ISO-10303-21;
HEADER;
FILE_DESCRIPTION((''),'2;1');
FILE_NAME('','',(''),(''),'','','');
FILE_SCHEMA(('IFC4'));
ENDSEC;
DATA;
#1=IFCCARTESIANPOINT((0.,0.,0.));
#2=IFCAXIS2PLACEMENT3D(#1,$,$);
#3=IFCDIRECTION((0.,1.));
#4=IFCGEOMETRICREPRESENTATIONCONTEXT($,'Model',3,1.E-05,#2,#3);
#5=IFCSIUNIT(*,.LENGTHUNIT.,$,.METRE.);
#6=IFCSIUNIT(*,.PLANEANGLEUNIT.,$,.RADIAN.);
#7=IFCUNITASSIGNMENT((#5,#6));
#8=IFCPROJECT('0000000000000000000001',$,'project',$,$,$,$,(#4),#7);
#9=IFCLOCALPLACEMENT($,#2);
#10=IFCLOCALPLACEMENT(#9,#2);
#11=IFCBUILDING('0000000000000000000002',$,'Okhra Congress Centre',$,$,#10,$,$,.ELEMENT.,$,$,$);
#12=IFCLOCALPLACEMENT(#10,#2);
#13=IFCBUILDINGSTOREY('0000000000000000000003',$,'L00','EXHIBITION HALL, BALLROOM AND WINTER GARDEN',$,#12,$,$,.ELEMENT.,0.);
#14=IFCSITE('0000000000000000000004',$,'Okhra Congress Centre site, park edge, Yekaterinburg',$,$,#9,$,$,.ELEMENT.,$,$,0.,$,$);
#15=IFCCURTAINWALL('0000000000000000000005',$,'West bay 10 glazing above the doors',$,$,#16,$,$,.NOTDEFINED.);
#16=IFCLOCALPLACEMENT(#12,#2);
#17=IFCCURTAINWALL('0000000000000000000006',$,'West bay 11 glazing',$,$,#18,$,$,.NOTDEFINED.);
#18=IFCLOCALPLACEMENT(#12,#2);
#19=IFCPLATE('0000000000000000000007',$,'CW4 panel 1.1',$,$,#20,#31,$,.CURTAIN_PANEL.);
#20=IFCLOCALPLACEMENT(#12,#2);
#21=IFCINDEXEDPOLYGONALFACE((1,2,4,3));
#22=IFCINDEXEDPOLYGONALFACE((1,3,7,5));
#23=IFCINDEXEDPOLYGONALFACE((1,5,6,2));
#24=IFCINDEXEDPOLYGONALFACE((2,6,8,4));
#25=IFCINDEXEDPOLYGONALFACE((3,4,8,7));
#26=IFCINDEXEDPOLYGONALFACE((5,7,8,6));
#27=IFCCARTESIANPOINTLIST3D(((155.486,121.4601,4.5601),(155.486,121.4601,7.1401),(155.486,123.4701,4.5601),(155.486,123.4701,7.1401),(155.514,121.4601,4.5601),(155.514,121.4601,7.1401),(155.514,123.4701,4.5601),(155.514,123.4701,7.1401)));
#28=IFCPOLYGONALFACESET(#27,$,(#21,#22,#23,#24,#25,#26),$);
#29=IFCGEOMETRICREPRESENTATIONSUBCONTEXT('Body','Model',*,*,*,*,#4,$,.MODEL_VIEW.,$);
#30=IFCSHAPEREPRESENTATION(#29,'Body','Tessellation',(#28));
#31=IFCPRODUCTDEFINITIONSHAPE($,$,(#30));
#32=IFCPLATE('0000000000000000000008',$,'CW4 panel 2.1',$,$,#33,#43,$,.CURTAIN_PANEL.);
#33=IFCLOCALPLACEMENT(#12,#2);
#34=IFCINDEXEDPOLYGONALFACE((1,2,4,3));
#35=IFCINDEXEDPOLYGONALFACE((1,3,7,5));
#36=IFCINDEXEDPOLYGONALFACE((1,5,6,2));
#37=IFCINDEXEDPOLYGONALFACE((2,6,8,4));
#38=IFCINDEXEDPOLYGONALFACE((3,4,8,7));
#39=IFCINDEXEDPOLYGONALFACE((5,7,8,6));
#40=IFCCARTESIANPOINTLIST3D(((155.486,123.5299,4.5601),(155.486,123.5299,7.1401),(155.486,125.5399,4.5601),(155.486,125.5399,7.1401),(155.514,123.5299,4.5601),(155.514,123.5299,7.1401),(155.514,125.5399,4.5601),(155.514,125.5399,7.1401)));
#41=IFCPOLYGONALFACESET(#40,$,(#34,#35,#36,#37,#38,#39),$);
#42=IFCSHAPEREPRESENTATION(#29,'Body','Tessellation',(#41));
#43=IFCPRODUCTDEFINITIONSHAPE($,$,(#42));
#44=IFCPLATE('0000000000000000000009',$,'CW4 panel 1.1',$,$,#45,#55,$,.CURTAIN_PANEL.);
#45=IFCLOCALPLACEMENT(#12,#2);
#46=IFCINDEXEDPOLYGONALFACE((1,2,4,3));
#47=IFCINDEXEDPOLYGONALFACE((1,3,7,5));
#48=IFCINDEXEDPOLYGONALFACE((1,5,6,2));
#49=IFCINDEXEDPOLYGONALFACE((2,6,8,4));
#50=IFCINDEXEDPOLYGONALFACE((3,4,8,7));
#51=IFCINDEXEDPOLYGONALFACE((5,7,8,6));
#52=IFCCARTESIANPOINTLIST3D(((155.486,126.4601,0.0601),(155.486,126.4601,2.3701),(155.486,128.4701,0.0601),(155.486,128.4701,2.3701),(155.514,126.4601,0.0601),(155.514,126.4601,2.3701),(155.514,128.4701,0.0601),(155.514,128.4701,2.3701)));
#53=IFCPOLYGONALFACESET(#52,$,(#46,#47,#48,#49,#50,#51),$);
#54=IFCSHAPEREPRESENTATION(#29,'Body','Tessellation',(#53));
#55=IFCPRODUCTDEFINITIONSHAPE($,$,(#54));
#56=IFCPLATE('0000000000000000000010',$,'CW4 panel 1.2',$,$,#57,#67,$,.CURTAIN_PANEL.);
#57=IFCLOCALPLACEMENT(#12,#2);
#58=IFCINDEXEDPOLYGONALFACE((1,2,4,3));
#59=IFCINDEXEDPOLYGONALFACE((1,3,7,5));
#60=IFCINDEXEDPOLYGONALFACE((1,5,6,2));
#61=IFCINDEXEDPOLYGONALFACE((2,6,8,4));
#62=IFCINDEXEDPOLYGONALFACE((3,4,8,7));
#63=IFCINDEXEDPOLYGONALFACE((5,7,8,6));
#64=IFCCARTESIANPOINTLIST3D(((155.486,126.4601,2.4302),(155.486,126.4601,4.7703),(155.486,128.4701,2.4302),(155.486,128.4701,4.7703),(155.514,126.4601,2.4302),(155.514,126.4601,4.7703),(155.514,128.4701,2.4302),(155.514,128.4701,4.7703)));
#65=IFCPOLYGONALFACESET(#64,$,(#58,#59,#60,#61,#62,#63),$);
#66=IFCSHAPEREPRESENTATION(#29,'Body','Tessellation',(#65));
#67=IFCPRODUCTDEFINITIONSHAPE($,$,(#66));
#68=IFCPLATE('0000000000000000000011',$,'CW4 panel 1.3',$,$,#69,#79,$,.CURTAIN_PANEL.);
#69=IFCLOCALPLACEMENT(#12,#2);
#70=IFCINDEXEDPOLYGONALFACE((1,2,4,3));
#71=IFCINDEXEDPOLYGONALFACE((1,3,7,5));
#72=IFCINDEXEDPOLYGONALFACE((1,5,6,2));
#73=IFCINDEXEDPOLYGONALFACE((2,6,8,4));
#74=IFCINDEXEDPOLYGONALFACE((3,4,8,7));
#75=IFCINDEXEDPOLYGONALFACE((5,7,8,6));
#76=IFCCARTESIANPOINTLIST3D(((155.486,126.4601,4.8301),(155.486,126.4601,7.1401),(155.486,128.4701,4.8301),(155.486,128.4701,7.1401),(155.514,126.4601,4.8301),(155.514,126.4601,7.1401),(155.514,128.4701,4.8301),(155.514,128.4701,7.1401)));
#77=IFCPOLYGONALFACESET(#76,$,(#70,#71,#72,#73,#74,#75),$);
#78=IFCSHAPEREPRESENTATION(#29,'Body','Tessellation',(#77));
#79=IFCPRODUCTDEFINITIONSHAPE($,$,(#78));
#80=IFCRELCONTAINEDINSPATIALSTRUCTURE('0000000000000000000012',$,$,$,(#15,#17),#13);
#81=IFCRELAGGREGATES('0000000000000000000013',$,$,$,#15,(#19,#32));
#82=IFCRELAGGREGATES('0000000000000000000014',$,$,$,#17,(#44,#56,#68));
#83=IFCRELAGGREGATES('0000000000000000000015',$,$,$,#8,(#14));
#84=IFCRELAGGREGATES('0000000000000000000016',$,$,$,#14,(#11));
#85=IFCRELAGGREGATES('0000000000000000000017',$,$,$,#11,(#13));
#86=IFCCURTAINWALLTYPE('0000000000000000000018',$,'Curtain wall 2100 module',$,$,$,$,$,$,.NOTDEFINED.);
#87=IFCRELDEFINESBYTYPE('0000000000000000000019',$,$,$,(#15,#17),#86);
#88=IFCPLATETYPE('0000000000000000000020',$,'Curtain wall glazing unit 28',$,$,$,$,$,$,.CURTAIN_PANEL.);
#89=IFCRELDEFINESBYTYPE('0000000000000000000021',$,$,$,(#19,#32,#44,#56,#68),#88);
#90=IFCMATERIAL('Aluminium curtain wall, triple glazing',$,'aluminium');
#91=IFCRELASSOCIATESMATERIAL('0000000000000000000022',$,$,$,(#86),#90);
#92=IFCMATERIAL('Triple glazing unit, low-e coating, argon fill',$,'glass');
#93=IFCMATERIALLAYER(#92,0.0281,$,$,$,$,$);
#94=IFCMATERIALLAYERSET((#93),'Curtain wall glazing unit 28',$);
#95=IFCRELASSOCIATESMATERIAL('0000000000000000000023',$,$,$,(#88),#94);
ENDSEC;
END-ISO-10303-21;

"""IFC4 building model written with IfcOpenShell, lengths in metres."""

from ifc_helpers import new_model, si_unit, direction, frame, origin, origin_2d, place, context, subcontext, project, spatial, rectangle, extrude, material, layer, layer_set, type_object, element, aggregate, save


model = new_model("IFC4")

# Units and contexts
model_context = context("Model", 3, precision=1e-05, world=origin(), true_north=direction((0.0, 1.0)))
body_context = subcontext(model_context, "Body", "Model", "MODEL_VIEW")
ifc_project = project(units=[si_unit("LENGTHUNIT", "METRE"), si_unit("PLANEANGLEUNIT", "RADIAN")], contexts=[model_context])

# Site, building, storey
site_placement = place(None, origin())
site = spatial("IfcSite", under=ifc_project, at=site_placement, Name="Okhra Congress Centre site, park edge, Yekaterinburg", CompositionType="ELEMENT", RefElevation=0.0)
building_placement = place(site_placement, origin())
building = spatial("IfcBuilding", under=site, at=building_placement, Name="Okhra Congress Centre", CompositionType="ELEMENT")
storey_placement = place(building_placement, origin())
storey = spatial("IfcBuildingStorey", under=building, at=storey_placement, Name="L00", Description="EXHIBITION HALL, BALLROOM AND WINTER GARDEN", CompositionType="ELEMENT", Elevation=0.0)

# Curtain walls
ifc_material_1 = material(Name="Aluminium curtain wall, triple glazing", Category="aluminium")
curtain_wall_type = type_object("IfcCurtainWallType", Name="Curtain wall 2100 module", PredefinedType="NOTDEFINED", material=ifc_material_1)
curtain_wall_1_placement = place(storey_placement, origin())
curtain_wall_1 = element("IfcCurtainWall", 1, at=curtain_wall_1_placement, inside=storey, type_object=curtain_wall_type, Name="West bay 10 glazing above the doors", PredefinedType="NOTDEFINED")
curtain_wall_2_placement = place(storey_placement, origin())
curtain_wall_2 = element("IfcCurtainWall", 2, at=curtain_wall_2_placement, inside=storey, type_object=curtain_wall_type, Name="West bay 11 glazing", PredefinedType="NOTDEFINED")

# Plates
ifc_material_2 = material(Name="Triple glazing unit, low-e coating, argon fill", Category="glass")
ifc_layer = layer(ifc_material_2, 0.0281)
ifc_layer_set = layer_set([ifc_layer], Name="Curtain wall glazing unit 28")
plate_type = type_object("IfcPlateType", Name="Curtain wall glazing unit 28", PredefinedType="CURTAIN_PANEL", material=ifc_layer_set)
plate_1_placement = place(storey_placement, frame((155.5, 122.4651, 4.5601), z_axis=(0.0, 0.0, 1.0), x_axis=(0.0, 1.0, 0.0)))
plate_1 = element("IfcPlate", 3, at=plate_1_placement, type_object=plate_type, Name="CW4 panel 1.1", PredefinedType="CURTAIN_PANEL", context=body_context, shape_type="SweptSolid", body=[
    extrude(rectangle(XDim=2.01, YDim=0.0281, at=origin_2d()), origin(), (0.0, 0.0, 1.0), 2.5801),
])
plate_2_placement = place(storey_placement, frame((155.5, 124.5349, 4.5601), z_axis=(0.0, 0.0, 1.0), x_axis=(0.0, 1.0, 0.0)))
plate_2 = element("IfcPlate", 4, at=plate_2_placement, type_object=plate_type, Name="CW4 panel 2.1", PredefinedType="CURTAIN_PANEL", context=body_context, shape_type="SweptSolid", body=[
    extrude(rectangle(XDim=2.01, YDim=0.0281, at=origin_2d()), origin(), (0.0, 0.0, 1.0), 2.5801),
])
aggregate(curtain_wall_1, [plate_1, plate_2])
plate_3_placement = place(storey_placement, frame((155.5, 127.4651, 0.0601), z_axis=(0.0, 0.0, 1.0), x_axis=(0.0, 1.0, 0.0)))
plate_3 = element("IfcPlate", 5, at=plate_3_placement, type_object=plate_type, Name="CW4 panel 1.1", PredefinedType="CURTAIN_PANEL", context=body_context, shape_type="SweptSolid", body=[
    extrude(rectangle(XDim=2.01, YDim=0.0281, at=origin_2d()), origin(), (0.0, 0.0, 1.0), 2.3101),
])
plate_4_placement = place(storey_placement, frame((155.5, 127.4651, 2.4302), z_axis=(0.0, 0.0, 1.0), x_axis=(0.0, 1.0, 0.0)))
plate_4 = element("IfcPlate", 6, at=plate_4_placement, type_object=plate_type, Name="CW4 panel 1.2", PredefinedType="CURTAIN_PANEL", context=body_context, shape_type="SweptSolid", body=[
    extrude(rectangle(XDim=2.01, YDim=0.0281, at=origin_2d()), origin(), (0.0, 0.0, 1.0), 2.3401),
])
plate_5_placement = place(storey_placement, frame((155.5, 127.4651, 4.8301), z_axis=(0.0, 0.0, 1.0), x_axis=(0.0, 1.0, 0.0)))
plate_5 = element("IfcPlate", 7, at=plate_5_placement, type_object=plate_type, Name="CW4 panel 1.3", PredefinedType="CURTAIN_PANEL", context=body_context, shape_type="SweptSolid", body=[
    extrude(rectangle(XDim=2.01, YDim=0.0281, at=origin_2d()), origin(), (0.0, 0.0, 1.0), 2.3101),
])
aggregate(curtain_wall_2, [plate_3, plate_4, plate_5])

save(model, "model.ifc")
